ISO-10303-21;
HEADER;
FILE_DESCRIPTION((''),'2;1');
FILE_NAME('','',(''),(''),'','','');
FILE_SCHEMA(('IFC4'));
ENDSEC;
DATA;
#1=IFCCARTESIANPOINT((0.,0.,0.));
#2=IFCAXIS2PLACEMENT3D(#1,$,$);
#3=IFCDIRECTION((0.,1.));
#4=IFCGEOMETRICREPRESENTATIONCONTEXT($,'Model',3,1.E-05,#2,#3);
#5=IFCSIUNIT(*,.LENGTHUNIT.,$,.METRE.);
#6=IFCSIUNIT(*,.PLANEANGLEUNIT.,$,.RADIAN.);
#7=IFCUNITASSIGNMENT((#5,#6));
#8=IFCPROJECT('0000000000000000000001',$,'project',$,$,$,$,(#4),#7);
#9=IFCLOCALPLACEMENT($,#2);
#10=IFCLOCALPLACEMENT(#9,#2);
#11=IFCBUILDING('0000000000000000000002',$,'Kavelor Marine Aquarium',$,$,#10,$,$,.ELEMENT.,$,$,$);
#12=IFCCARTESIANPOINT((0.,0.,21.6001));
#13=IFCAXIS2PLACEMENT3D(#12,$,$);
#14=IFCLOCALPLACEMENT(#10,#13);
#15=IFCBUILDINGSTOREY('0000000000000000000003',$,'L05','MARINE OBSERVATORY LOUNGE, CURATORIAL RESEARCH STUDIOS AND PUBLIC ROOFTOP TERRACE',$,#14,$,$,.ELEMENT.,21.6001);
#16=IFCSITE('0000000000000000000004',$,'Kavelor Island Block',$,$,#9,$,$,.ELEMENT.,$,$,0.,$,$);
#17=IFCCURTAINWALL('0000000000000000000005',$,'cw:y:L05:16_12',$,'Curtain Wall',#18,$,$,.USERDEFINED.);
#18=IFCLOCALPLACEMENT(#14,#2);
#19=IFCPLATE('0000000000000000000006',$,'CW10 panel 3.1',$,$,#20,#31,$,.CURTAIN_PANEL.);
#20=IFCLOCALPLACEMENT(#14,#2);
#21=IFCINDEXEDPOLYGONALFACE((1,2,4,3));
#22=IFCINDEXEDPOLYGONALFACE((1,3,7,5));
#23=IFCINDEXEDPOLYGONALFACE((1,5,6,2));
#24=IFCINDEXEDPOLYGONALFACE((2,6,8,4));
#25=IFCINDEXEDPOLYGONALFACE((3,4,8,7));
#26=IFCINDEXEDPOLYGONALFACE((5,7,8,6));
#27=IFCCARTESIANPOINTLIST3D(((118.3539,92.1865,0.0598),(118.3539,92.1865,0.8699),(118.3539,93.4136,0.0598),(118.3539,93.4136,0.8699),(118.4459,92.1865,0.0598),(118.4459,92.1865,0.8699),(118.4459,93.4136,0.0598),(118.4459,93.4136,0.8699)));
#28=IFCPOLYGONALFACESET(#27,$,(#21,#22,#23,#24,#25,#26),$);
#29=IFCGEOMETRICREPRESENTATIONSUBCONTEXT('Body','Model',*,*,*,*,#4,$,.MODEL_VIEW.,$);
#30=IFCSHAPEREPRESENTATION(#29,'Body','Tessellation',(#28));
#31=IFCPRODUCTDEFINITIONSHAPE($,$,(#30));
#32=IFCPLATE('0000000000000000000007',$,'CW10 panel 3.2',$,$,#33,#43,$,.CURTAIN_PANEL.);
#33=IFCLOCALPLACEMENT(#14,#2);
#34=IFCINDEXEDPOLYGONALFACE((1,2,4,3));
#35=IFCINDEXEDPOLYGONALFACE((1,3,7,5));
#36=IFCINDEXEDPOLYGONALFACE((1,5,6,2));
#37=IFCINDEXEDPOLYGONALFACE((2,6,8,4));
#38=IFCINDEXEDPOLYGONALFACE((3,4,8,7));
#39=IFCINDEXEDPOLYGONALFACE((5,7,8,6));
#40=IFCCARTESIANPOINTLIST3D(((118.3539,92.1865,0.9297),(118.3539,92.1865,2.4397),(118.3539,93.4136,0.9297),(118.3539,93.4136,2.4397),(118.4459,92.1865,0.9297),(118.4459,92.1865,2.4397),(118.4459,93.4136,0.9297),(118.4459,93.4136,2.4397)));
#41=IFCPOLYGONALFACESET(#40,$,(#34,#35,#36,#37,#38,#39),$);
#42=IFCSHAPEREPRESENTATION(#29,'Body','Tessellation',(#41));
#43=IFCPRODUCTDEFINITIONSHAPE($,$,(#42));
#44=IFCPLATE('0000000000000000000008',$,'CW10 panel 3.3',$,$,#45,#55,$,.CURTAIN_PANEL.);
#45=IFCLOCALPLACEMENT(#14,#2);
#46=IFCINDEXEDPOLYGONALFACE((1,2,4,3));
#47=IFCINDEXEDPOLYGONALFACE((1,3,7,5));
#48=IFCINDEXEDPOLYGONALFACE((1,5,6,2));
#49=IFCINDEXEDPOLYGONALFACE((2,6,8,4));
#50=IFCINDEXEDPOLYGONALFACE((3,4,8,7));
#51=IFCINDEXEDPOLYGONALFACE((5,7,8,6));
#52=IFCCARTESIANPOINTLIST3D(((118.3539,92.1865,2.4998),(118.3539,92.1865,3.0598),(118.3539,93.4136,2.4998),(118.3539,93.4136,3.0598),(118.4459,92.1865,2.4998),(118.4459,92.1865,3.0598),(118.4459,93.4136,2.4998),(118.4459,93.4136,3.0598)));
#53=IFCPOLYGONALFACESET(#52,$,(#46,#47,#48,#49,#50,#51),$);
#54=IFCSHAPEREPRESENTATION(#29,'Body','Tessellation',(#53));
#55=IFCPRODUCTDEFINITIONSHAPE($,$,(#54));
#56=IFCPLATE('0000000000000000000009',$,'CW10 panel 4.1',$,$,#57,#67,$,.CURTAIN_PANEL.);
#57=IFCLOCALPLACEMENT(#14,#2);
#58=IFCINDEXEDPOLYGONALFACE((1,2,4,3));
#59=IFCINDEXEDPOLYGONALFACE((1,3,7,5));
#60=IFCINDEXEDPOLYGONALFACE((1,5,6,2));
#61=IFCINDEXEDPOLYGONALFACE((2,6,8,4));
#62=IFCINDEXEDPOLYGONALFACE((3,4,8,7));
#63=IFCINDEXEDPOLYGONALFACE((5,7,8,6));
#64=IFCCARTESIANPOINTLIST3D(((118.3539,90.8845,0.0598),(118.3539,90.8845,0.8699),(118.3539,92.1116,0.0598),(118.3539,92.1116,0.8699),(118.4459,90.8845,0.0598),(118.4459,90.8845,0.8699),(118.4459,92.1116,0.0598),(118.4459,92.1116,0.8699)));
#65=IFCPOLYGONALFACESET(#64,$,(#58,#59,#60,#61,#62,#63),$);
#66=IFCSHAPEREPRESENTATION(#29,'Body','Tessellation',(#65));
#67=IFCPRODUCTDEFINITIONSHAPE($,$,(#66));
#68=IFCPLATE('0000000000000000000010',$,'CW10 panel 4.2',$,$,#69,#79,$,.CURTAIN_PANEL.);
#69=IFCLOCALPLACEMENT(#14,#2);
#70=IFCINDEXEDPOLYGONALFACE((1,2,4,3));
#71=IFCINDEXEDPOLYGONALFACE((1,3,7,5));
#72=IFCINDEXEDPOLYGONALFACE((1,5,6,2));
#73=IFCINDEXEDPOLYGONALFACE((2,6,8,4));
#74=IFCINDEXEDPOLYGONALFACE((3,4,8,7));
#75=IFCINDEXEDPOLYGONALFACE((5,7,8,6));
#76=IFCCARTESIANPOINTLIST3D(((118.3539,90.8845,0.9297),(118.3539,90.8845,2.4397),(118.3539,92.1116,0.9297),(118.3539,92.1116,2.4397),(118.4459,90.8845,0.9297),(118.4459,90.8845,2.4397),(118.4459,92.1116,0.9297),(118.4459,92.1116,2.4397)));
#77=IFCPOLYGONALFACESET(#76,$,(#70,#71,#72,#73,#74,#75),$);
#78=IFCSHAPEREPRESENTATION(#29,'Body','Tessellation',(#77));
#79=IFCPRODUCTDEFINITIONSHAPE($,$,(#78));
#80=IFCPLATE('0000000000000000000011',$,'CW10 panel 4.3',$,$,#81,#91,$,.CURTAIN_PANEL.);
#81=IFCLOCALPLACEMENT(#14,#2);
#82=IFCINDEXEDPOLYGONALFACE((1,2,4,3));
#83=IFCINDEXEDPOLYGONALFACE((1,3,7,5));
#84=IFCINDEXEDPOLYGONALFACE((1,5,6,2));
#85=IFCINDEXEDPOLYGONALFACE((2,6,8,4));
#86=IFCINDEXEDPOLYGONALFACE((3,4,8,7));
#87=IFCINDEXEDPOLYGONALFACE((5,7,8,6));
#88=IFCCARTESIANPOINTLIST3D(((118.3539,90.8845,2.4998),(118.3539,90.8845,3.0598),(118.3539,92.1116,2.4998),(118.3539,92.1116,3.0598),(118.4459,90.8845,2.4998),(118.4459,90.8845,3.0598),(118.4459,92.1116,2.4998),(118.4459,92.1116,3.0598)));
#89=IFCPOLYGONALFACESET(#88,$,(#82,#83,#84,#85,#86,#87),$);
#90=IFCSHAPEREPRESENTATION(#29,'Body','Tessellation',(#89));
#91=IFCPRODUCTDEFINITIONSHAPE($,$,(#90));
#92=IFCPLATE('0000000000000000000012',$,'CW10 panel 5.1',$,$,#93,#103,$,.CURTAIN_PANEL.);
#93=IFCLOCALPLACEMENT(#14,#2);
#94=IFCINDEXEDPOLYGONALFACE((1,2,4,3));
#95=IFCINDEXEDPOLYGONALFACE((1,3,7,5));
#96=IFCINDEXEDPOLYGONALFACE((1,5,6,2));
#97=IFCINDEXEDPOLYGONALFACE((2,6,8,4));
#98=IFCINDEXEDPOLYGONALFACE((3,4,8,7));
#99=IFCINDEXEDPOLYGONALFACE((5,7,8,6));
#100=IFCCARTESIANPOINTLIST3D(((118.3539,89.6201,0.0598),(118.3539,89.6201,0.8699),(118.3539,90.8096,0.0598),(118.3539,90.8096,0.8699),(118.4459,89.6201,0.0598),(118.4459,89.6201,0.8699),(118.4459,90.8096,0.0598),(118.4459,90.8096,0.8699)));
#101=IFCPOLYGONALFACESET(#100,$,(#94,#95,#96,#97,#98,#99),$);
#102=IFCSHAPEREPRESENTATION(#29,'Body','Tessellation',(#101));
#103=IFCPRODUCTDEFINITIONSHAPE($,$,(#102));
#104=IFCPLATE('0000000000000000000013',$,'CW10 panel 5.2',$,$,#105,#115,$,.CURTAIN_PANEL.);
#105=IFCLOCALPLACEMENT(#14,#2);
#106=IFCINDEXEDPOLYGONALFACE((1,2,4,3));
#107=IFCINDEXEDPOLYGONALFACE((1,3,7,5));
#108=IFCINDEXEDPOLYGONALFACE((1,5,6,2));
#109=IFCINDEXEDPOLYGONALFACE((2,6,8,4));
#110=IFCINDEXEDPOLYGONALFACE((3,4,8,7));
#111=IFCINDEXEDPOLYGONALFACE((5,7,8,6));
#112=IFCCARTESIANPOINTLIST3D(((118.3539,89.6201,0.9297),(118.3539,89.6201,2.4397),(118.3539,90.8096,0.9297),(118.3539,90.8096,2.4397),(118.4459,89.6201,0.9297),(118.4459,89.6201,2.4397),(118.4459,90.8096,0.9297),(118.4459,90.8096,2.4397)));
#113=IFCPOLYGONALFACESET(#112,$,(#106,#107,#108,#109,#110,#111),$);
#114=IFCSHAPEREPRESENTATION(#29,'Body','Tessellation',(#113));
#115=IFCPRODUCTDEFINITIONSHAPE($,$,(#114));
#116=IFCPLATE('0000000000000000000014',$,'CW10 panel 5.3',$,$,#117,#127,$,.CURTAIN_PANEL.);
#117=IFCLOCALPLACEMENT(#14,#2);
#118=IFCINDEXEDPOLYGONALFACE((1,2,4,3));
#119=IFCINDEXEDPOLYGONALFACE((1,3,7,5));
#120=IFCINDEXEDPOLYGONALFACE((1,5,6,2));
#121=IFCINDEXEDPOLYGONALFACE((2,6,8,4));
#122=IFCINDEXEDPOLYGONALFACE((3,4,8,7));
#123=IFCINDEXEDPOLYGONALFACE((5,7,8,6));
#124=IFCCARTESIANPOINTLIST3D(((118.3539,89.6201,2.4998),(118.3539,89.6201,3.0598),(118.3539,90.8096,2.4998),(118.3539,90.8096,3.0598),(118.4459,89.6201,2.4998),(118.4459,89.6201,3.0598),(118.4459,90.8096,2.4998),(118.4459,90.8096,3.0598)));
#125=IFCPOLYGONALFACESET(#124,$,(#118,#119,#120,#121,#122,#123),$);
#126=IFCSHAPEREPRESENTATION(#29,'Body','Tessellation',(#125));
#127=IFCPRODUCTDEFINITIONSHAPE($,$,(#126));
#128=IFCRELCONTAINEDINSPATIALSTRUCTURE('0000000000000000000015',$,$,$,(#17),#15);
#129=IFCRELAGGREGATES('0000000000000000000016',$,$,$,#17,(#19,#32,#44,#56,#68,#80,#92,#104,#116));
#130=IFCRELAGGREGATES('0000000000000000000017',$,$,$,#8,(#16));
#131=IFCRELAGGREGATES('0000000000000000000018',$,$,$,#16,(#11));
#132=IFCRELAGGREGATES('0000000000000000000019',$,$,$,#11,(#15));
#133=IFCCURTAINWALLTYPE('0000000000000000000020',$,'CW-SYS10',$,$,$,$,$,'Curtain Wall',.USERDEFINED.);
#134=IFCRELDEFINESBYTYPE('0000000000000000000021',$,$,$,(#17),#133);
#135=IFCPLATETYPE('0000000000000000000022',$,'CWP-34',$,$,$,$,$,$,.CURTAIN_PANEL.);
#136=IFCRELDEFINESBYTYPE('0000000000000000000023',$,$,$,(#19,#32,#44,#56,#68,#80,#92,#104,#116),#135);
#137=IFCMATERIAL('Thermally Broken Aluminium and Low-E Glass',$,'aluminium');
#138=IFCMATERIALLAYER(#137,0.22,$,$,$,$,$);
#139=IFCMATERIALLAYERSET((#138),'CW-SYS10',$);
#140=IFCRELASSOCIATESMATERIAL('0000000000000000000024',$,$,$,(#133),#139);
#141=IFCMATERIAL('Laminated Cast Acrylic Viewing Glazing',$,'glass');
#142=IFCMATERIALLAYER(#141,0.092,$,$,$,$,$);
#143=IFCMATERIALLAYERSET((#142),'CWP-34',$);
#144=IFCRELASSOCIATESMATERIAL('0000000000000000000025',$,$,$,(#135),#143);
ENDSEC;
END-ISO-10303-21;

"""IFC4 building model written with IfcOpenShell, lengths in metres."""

from ifc_helpers import new_model, si_unit, direction, frame, origin, origin_2d, place, context, subcontext, project, spatial, rectangle, extrude, material, layer, layer_set, type_object, element, aggregate, save


model = new_model("IFC4")

# Units and contexts
model_context = context("Model", 3, precision=1e-05, world=origin(), true_north=direction((0.0, 1.0)))
body_context = subcontext(model_context, "Body", "Model", "MODEL_VIEW")
ifc_project = project(units=[si_unit("LENGTHUNIT", "METRE"), si_unit("PLANEANGLEUNIT", "RADIAN")], contexts=[model_context])

# Site, building, storey
site_placement = place(None, origin())
site = spatial("IfcSite", under=ifc_project, at=site_placement, Name="Kavelor Island Block", CompositionType="ELEMENT", RefElevation=0.0)
building_placement = place(site_placement, origin())
building = spatial("IfcBuilding", under=site, at=building_placement, Name="Kavelor Marine Aquarium", CompositionType="ELEMENT")
storey_placement = place(building_placement, frame((0.0, 0.0, 21.6001)))
storey = spatial("IfcBuildingStorey", under=building, at=storey_placement, Name="L05", Description="MARINE OBSERVATORY LOUNGE, CURATORIAL RESEARCH STUDIOS AND PUBLIC ROOFTOP TERRACE", CompositionType="ELEMENT", Elevation=21.6001)

# Curtain wall, plates
ifc_material_1 = material(Name="Thermally Broken Aluminium and Low-E Glass", Category="aluminium")
ifc_layer_1 = layer(ifc_material_1, 0.22)
ifc_layer_set_1 = layer_set([ifc_layer_1], Name="CW-SYS10")
curtain_wall_type = type_object("IfcCurtainWallType", Name="CW-SYS10", ElementType="Curtain Wall", PredefinedType="USERDEFINED", material=ifc_layer_set_1)
curtain_wall_placement = place(storey_placement, origin())
curtain_wall = element("IfcCurtainWall", 1, at=curtain_wall_placement, inside=storey, type_object=curtain_wall_type, Name="cw:y:L05:16_12", ObjectType="Curtain Wall", PredefinedType="USERDEFINED")
ifc_material_2 = material(Name="Laminated Cast Acrylic Viewing Glazing", Category="glass")
ifc_layer_2 = layer(ifc_material_2, 0.092)
ifc_layer_set_2 = layer_set([ifc_layer_2], Name="CWP-34")
plate_type = type_object("IfcPlateType", Name="CWP-34", PredefinedType="CURTAIN_PANEL", material=ifc_layer_set_2)
plate_1_placement = place(storey_placement, frame((118.3999, 92.8, 0.0598), z_axis=(0.0, 0.0, 1.0), x_axis=(0.0, -1.0, 0.0)))
plate_1 = element("IfcPlate", 2, at=plate_1_placement, type_object=plate_type, Name="CW10 panel 3.1", PredefinedType="CURTAIN_PANEL", context=body_context, shape_type="SweptSolid", body=[
    extrude(rectangle(XDim=1.2271, YDim=0.092, at=origin_2d()), origin(), (0.0, 0.0, 1.0), 0.8101),
])
plate_2_placement = place(storey_placement, frame((118.3999, 92.8, 0.9297), z_axis=(0.0, 0.0, 1.0), x_axis=(0.0, -1.0, 0.0)))
plate_2 = element("IfcPlate", 3, at=plate_2_placement, type_object=plate_type, Name="CW10 panel 3.2", PredefinedType="CURTAIN_PANEL", context=body_context, shape_type="SweptSolid", body=[
    extrude(rectangle(XDim=1.2271, YDim=0.092, at=origin_2d()), origin(), (0.0, 0.0, 1.0), 1.51),
])
plate_3_placement = place(storey_placement, frame((118.3999, 92.8, 2.4998), z_axis=(0.0, 0.0, 1.0), x_axis=(0.0, -1.0, 0.0)))
plate_3 = element("IfcPlate", 4, at=plate_3_placement, type_object=plate_type, Name="CW10 panel 3.3", PredefinedType="CURTAIN_PANEL", context=body_context, shape_type="SweptSolid", body=[
    extrude(rectangle(XDim=1.2271, YDim=0.092, at=origin_2d()), origin(), (0.0, 0.0, 1.0), 0.5601),
])
plate_4_placement = place(storey_placement, frame((118.3999, 91.498, 0.0598), z_axis=(0.0, 0.0, 1.0), x_axis=(0.0, -1.0, 0.0)))
plate_4 = element("IfcPlate", 5, at=plate_4_placement, type_object=plate_type, Name="CW10 panel 4.1", PredefinedType="CURTAIN_PANEL", context=body_context, shape_type="SweptSolid", body=[
    extrude(rectangle(XDim=1.2271, YDim=0.092, at=origin_2d()), origin(), (0.0, 0.0, 1.0), 0.8101),
])
plate_5_placement = place(storey_placement, frame((118.3999, 91.498, 0.9297), z_axis=(0.0, 0.0, 1.0), x_axis=(0.0, -1.0, 0.0)))
plate_5 = element("IfcPlate", 6, at=plate_5_placement, type_object=plate_type, Name="CW10 panel 4.2", PredefinedType="CURTAIN_PANEL", context=body_context, shape_type="SweptSolid", body=[
    extrude(rectangle(XDim=1.2271, YDim=0.092, at=origin_2d()), origin(), (0.0, 0.0, 1.0), 1.51),
])
plate_6_placement = place(storey_placement, frame((118.3999, 91.498, 2.4998), z_axis=(0.0, 0.0, 1.0), x_axis=(0.0, -1.0, 0.0)))
plate_6 = element("IfcPlate", 7, at=plate_6_placement, type_object=plate_type, Name="CW10 panel 4.3", PredefinedType="CURTAIN_PANEL", context=body_context, shape_type="SweptSolid", body=[
    extrude(rectangle(XDim=1.2271, YDim=0.092, at=origin_2d()), origin(), (0.0, 0.0, 1.0), 0.5601),
])
plate_7_placement = place(storey_placement, frame((118.3999, 90.2148, 0.0598), z_axis=(0.0, 0.0, 1.0), x_axis=(0.0, -1.0, 0.0)))
plate_7 = element("IfcPlate", 8, at=plate_7_placement, type_object=plate_type, Name="CW10 panel 5.1", PredefinedType="CURTAIN_PANEL", context=body_context, shape_type="SweptSolid", body=[
    extrude(rectangle(XDim=1.1895, YDim=0.092, at=origin_2d()), origin(), (0.0, 0.0, 1.0), 0.8101),
])
plate_8_placement = place(storey_placement, frame((118.3999, 90.2148, 0.9297), z_axis=(0.0, 0.0, 1.0), x_axis=(0.0, -1.0, 0.0)))
plate_8 = element("IfcPlate", 9, at=plate_8_placement, type_object=plate_type, Name="CW10 panel 5.2", PredefinedType="CURTAIN_PANEL", context=body_context, shape_type="SweptSolid", body=[
    extrude(rectangle(XDim=1.1895, YDim=0.092, at=origin_2d()), origin(), (0.0, 0.0, 1.0), 1.51),
])
plate_9_placement = place(storey_placement, frame((118.3999, 90.2148, 2.4998), z_axis=(0.0, 0.0, 1.0), x_axis=(0.0, -1.0, 0.0)))
plate_9 = element("IfcPlate", 10, at=plate_9_placement, type_object=plate_type, Name="CW10 panel 5.3", PredefinedType="CURTAIN_PANEL", context=body_context, shape_type="SweptSolid", body=[
    extrude(rectangle(XDim=1.1895, YDim=0.092, at=origin_2d()), origin(), (0.0, 0.0, 1.0), 0.5601),
])
aggregate(curtain_wall, [plate_1, plate_2, plate_3, plate_4, plate_5, plate_6, plate_7, plate_8, plate_9])

save(model, "model.ifc")
